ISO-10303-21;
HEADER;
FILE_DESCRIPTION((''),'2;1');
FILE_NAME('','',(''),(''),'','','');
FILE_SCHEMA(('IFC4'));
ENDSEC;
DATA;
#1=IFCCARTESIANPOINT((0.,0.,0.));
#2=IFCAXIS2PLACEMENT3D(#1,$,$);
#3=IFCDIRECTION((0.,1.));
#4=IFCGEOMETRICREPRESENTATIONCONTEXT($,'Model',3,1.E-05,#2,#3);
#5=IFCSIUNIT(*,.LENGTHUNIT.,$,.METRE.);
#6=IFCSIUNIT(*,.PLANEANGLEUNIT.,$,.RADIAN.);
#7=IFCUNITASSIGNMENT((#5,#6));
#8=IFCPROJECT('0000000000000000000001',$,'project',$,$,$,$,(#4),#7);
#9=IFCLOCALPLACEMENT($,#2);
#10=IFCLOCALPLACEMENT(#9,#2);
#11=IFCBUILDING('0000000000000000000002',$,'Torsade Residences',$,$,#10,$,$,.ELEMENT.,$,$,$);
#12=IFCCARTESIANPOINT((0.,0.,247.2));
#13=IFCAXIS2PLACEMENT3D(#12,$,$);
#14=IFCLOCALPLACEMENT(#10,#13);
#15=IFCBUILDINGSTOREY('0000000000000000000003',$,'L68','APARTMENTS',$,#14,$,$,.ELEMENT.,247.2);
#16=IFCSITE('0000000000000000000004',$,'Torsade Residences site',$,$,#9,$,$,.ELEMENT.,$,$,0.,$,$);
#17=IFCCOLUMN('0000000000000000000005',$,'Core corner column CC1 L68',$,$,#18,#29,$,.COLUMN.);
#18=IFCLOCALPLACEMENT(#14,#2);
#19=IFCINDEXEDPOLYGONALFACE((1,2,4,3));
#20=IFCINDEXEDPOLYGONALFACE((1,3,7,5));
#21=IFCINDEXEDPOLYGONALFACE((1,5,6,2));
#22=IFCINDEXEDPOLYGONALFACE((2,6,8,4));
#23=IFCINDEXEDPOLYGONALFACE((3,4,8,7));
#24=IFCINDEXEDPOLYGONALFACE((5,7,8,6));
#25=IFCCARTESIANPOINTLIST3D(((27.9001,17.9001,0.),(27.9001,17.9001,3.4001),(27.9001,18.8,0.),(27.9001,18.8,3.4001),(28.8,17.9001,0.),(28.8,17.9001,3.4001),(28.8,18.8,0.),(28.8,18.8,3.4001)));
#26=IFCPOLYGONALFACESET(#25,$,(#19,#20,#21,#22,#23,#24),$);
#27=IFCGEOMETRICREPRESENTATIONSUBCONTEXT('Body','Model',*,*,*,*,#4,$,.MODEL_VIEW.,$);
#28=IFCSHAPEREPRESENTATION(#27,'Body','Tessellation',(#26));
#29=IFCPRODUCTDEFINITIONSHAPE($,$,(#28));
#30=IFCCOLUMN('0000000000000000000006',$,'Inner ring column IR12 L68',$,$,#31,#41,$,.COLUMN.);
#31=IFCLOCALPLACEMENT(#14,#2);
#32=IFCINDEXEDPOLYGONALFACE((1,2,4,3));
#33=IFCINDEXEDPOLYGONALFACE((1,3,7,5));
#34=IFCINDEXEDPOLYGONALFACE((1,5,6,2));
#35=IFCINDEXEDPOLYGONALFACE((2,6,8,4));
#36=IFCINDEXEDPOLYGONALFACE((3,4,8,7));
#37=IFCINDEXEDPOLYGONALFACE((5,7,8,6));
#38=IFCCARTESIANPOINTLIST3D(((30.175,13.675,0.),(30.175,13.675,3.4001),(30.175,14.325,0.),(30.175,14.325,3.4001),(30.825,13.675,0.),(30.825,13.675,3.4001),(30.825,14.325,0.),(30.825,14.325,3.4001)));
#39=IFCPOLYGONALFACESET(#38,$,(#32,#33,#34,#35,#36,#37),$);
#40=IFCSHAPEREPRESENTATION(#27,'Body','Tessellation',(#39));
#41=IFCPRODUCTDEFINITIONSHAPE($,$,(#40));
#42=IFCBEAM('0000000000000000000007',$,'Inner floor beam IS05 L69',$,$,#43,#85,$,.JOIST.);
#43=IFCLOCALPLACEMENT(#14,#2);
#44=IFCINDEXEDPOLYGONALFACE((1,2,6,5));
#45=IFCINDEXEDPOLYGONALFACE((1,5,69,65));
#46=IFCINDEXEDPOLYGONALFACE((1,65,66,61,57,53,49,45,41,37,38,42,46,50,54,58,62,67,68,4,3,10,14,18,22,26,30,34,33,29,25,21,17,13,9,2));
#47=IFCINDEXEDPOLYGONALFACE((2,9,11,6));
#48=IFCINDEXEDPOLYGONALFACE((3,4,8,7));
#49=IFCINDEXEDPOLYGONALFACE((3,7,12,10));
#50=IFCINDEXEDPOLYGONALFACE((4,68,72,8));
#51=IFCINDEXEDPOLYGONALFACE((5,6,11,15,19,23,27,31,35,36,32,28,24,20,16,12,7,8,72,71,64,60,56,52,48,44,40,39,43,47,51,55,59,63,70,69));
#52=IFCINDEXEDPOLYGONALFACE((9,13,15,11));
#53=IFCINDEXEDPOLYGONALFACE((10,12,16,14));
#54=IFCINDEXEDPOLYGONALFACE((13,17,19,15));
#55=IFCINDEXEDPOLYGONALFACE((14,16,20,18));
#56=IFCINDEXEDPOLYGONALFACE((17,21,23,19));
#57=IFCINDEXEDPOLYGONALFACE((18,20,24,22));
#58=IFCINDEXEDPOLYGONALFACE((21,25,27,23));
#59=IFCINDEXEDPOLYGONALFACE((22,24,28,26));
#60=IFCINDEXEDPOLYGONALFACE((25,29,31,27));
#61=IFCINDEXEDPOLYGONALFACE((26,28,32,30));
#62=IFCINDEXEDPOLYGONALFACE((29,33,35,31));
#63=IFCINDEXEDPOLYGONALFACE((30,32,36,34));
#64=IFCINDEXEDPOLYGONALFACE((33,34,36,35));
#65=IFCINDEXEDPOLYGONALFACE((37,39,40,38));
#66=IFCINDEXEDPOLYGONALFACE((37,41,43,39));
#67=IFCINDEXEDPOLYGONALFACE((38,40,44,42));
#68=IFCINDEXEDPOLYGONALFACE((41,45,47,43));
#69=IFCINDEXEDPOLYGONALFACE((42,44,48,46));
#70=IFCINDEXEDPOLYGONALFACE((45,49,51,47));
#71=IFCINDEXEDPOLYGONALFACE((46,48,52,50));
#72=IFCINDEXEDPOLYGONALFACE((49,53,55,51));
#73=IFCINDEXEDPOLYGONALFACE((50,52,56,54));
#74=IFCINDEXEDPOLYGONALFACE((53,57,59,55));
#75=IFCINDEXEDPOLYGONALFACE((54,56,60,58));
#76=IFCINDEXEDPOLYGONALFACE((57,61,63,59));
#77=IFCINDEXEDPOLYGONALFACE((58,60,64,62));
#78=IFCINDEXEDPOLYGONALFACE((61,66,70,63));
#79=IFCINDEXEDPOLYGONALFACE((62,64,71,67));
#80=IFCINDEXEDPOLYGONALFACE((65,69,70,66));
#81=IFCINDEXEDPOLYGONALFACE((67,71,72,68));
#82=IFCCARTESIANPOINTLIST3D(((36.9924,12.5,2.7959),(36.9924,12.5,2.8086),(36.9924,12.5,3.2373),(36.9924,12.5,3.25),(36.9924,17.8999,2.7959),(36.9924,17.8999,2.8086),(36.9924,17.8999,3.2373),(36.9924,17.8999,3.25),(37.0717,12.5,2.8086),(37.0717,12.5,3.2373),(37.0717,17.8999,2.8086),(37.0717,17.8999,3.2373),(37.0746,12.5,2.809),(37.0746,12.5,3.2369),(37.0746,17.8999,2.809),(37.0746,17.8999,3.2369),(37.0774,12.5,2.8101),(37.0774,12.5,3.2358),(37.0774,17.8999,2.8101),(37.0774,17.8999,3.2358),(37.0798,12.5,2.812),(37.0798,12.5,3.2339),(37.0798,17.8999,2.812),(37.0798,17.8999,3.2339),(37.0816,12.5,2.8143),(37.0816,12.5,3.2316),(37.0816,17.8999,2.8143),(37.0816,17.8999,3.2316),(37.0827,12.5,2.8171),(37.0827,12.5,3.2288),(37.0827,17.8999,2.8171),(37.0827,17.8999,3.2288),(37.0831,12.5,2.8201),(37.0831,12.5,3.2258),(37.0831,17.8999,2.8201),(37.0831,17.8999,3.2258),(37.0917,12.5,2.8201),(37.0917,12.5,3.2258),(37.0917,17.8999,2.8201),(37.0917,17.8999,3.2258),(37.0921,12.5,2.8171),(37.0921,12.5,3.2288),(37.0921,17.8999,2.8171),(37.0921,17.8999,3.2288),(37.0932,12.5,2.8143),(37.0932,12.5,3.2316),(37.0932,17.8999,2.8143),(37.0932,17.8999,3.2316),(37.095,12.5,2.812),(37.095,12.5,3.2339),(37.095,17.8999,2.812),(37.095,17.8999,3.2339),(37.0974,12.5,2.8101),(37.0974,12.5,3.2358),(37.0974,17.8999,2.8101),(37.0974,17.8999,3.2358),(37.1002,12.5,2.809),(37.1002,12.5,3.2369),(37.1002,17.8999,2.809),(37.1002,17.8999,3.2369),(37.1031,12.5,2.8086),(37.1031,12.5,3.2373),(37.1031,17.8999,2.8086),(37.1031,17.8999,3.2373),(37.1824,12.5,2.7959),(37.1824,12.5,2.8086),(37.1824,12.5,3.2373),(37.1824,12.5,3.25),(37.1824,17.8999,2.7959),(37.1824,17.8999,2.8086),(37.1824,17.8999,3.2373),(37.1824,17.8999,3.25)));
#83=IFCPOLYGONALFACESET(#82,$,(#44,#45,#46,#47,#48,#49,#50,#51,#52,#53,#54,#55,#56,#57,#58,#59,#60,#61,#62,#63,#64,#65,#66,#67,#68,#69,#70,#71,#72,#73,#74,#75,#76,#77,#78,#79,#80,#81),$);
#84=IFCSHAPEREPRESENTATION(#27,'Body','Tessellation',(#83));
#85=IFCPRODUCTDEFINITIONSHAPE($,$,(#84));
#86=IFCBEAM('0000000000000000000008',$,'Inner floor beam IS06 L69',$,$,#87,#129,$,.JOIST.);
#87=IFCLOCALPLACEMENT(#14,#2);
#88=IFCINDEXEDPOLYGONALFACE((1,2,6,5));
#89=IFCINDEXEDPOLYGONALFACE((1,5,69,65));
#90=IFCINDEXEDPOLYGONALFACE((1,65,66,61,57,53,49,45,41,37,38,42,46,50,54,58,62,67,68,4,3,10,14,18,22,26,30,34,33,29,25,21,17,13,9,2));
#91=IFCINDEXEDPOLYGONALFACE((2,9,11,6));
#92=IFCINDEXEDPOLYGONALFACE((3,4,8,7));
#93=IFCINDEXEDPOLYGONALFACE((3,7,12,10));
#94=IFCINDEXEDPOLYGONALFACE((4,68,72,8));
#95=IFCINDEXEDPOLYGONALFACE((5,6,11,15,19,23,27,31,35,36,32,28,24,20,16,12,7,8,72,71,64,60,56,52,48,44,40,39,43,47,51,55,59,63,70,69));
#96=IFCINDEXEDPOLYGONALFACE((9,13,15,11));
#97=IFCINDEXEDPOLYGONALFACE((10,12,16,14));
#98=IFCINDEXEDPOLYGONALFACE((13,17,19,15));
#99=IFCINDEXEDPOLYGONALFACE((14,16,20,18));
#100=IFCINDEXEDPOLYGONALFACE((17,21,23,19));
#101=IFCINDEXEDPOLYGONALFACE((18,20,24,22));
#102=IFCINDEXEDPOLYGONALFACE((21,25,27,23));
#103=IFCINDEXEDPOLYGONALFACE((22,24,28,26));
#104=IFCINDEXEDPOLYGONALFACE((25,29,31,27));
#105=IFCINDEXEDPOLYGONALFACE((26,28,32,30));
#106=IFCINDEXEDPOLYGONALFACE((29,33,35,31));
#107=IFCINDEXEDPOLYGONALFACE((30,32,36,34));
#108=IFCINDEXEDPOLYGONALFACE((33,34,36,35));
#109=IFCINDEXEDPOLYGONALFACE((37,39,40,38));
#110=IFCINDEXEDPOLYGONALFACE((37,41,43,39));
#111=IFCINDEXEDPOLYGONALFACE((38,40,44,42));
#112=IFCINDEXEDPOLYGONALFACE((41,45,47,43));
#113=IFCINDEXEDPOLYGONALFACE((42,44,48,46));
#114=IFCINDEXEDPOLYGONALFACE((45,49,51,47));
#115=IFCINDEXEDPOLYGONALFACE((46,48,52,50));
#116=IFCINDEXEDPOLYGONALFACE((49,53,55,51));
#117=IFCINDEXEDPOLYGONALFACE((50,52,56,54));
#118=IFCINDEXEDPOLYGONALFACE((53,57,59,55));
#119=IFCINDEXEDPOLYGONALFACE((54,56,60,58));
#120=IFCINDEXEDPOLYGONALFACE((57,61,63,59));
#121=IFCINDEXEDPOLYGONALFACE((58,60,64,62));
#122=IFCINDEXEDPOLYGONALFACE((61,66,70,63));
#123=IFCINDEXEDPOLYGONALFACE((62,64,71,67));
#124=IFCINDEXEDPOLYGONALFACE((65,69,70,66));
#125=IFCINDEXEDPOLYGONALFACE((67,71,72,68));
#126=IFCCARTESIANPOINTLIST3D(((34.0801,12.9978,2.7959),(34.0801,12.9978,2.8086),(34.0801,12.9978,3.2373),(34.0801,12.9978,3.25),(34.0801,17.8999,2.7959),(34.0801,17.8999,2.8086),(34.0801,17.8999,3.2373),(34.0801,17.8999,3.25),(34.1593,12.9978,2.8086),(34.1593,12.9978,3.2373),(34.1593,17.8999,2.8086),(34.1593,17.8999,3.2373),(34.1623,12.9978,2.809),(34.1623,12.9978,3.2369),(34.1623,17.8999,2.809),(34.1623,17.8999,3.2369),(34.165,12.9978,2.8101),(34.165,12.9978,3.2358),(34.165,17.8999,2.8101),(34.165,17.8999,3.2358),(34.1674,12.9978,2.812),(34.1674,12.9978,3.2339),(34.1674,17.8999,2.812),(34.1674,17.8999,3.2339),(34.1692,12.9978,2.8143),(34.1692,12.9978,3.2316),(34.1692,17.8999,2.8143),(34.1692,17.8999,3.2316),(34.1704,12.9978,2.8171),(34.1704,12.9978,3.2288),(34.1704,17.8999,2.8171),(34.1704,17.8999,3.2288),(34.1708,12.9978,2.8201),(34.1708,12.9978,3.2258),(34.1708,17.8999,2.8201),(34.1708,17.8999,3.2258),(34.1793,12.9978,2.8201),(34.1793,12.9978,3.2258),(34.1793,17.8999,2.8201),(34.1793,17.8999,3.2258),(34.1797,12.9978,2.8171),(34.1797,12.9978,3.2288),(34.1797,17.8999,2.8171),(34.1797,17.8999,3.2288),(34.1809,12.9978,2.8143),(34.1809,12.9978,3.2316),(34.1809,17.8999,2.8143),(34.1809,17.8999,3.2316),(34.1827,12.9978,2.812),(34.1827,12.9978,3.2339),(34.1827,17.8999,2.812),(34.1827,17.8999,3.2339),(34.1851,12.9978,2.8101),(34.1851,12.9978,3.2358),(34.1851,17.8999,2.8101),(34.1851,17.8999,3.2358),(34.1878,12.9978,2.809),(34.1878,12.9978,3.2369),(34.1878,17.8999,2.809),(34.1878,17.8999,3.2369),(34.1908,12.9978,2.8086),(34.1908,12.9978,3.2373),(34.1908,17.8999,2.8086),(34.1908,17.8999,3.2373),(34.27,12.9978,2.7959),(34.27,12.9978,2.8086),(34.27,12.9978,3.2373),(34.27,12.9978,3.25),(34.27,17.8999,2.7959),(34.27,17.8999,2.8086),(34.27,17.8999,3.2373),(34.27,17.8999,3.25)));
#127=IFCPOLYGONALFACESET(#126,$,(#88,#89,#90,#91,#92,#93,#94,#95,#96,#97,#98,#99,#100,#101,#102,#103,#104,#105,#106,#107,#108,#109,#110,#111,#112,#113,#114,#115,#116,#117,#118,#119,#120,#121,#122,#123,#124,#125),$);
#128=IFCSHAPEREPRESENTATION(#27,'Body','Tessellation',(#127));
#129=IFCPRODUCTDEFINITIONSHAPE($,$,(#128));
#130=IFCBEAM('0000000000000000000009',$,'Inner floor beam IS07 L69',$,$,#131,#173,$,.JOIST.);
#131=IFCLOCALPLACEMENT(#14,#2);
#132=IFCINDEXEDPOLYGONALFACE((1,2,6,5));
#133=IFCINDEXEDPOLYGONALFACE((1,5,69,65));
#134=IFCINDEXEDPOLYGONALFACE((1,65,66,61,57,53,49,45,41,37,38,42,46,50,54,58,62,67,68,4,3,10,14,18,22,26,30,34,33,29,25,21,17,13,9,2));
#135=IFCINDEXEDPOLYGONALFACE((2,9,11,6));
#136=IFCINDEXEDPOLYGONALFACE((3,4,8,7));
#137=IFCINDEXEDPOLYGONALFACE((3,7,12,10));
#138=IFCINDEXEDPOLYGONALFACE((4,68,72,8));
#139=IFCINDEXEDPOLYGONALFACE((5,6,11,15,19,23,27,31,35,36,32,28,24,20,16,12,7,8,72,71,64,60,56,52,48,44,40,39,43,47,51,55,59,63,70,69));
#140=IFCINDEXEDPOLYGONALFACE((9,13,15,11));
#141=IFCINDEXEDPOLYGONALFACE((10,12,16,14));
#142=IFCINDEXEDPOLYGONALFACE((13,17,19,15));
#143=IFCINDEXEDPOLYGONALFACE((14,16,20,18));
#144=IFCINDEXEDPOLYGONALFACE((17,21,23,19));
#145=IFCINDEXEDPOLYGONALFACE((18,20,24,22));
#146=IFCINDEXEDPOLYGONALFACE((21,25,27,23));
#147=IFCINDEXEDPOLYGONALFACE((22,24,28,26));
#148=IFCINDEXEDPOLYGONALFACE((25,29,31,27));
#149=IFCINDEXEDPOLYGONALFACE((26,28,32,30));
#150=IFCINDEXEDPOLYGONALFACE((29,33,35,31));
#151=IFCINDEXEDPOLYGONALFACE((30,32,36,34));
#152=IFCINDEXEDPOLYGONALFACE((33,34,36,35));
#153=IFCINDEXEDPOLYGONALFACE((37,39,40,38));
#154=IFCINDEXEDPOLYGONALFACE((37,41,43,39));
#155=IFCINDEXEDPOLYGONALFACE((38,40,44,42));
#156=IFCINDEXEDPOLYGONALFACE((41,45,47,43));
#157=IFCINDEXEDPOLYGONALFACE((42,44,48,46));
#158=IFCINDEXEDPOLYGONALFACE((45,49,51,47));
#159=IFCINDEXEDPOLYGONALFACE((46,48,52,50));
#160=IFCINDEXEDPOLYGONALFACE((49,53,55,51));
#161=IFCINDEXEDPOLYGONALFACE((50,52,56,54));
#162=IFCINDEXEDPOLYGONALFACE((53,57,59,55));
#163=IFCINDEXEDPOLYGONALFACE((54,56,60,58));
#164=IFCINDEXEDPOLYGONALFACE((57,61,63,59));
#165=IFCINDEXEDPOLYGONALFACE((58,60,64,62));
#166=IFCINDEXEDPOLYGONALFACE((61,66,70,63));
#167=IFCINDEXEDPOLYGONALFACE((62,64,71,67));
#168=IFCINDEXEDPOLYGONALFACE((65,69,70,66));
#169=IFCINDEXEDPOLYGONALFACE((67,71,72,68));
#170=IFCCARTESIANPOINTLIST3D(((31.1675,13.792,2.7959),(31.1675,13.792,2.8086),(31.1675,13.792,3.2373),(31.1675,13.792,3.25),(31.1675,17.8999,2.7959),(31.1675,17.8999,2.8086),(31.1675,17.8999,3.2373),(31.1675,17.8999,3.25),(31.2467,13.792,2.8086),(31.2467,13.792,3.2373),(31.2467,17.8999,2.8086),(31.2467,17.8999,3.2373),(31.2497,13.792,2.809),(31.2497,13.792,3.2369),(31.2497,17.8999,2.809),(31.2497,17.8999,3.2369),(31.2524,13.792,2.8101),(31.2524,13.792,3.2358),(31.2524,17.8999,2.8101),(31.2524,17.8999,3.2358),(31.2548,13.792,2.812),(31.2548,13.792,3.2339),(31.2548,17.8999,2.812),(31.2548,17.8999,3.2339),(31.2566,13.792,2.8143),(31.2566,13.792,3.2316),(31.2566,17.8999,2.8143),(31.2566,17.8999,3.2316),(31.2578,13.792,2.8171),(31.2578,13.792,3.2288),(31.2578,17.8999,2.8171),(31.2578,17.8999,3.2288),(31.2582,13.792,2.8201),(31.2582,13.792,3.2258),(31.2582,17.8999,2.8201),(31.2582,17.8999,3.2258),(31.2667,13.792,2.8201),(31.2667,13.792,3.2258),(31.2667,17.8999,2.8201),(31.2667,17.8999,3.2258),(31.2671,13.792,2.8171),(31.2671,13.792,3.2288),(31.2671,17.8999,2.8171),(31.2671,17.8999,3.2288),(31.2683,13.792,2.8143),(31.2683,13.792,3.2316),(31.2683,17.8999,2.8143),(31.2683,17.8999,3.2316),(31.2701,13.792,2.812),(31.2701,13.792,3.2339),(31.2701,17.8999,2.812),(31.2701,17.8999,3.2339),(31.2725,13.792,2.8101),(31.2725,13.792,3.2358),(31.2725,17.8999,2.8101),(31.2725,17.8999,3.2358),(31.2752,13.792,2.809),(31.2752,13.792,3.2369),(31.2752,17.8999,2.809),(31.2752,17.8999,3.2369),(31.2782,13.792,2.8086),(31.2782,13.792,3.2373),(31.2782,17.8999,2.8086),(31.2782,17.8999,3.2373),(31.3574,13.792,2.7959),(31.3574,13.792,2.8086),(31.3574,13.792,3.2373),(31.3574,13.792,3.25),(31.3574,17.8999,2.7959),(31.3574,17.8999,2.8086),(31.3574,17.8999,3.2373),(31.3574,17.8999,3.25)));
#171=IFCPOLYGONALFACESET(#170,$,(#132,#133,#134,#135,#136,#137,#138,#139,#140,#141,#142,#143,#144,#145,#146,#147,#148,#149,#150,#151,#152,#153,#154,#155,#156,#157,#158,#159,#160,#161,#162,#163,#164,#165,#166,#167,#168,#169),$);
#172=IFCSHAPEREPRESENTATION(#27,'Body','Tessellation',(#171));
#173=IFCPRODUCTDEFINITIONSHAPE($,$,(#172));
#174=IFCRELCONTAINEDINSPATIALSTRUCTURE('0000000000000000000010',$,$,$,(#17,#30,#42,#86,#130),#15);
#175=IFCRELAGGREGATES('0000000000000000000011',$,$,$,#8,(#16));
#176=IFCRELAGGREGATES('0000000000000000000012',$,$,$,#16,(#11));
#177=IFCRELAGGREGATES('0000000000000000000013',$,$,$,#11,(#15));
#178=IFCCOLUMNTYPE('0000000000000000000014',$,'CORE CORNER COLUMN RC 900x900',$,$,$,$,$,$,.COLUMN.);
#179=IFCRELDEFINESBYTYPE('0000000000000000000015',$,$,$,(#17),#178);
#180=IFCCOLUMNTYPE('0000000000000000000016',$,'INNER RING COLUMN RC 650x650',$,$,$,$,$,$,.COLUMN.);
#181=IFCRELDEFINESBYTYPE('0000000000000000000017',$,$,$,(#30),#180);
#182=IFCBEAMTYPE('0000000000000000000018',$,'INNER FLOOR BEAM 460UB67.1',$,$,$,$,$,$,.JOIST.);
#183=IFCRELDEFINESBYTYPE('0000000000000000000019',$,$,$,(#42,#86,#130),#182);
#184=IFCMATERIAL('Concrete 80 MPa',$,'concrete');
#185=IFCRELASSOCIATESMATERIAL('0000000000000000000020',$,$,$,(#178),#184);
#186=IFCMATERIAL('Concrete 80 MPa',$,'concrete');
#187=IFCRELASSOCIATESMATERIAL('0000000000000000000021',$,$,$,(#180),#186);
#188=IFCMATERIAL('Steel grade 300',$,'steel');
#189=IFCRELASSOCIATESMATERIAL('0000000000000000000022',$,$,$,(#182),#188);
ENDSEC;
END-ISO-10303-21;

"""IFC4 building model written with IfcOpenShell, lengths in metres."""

from ifc_helpers import new_model, si_unit, direction, frame, origin, origin_2d, place, context, subcontext, project, spatial, rectangle, i_section, extrude, material, material_profile, profile_set, type_object, element, save


model = new_model("IFC4")

# Units and contexts
model_context = context("Model", 3, precision=1e-05, world=origin(), true_north=direction((0.0, 1.0)))
body_context = subcontext(model_context, "Body", "Model", "MODEL_VIEW")
ifc_project = project(units=[si_unit("LENGTHUNIT", "METRE"), si_unit("PLANEANGLEUNIT", "RADIAN")], contexts=[model_context])

# Site, building, storey
site_placement = place(None, origin())
site = spatial("IfcSite", under=ifc_project, at=site_placement, Name="Torsade Residences site", CompositionType="ELEMENT", RefElevation=0.0)
building_placement = place(site_placement, origin())
building = spatial("IfcBuilding", under=site, at=building_placement, Name="Torsade Residences", CompositionType="ELEMENT")
storey_placement = place(building_placement, frame((0.0, 0.0, 247.2)))
storey = spatial("IfcBuildingStorey", under=building, at=storey_placement, Name="L68", Description="APARTMENTS", CompositionType="ELEMENT", Elevation=247.2)

# Columns
ifc_material_1 = material(Name="Concrete 80 MPa", Category="concrete")
ifc_material_profile_1 = material_profile(ifc_material_1, rectangle(XDim=0.8999, YDim=0.8999, at=origin_2d()), Name="RC 900x900")
ifc_profile_set_1 = profile_set([ifc_material_profile_1], Name="Concrete 80 MPa")
column_type_1 = type_object("IfcColumnType", Name="CORE CORNER COLUMN RC 900x900", PredefinedType="COLUMN", material=ifc_profile_set_1)
column_1_placement = place(storey_placement, frame((28.3501, 18.3501, 0.0), z_axis=(0.0, 0.0, 1.0), x_axis=(1.0, 0.0, 0.0)))
element("IfcColumn", 1, at=column_1_placement, inside=storey, type_object=column_type_1, Name="Core corner column CC1 L68", PredefinedType="COLUMN", context=body_context, shape_type="SweptSolid", body=[
    extrude(rectangle(XDim=0.8999, YDim=0.8999, at=origin_2d()), origin(), (0.0, 0.0, 1.0), 3.4001),
])
ifc_material_2 = material(Name="Concrete 80 MPa", Category="concrete")
ifc_material_profile_2 = material_profile(ifc_material_2, rectangle(XDim=0.6499, YDim=0.6499, at=origin_2d()), Name="RC 650x650")
ifc_profile_set_2 = profile_set([ifc_material_profile_2], Name="Concrete 80 MPa")
column_type_2 = type_object("IfcColumnType", Name="INNER RING COLUMN RC 650x650", PredefinedType="COLUMN", material=ifc_profile_set_2)
column_2_placement = place(storey_placement, frame((30.5, 14.0, 0.0), z_axis=(0.0, 0.0, 1.0), x_axis=(1.0, 0.0, 0.0)))
element("IfcColumn", 2, at=column_2_placement, inside=storey, type_object=column_type_2, Name="Inner ring column IR12 L68", PredefinedType="COLUMN", context=body_context, shape_type="SweptSolid", body=[
    extrude(rectangle(XDim=0.6499, YDim=0.6499, at=origin_2d()), origin(), (0.0, 0.0, 1.0), 3.4001),
])

# Beams
ifc_material_3 = material(Name="Steel grade 300", Category="steel")
ifc_material_profile_3 = material_profile(ifc_material_3, i_section(OverallWidth=0.1899, OverallDepth=0.4541, WebThickness=0.0085, FlangeThickness=0.0127, FilletRadius=0.0115, at=origin_2d()), Name="460UB67.1")
ifc_profile_set_3 = profile_set([ifc_material_profile_3], Name="Steel grade 300")
beam_type_1 = type_object("IfcBeamType", Name="INNER FLOOR BEAM 460UB67.1", PredefinedType="JOIST", material=ifc_profile_set_3)
beam_1_placement = place(storey_placement, frame((37.0874, 17.8999, 3.0229), z_axis=(0.0, -1.0, 0.0), x_axis=(1.0, 0.0, 0.0)))
element("IfcBeam", 3, at=beam_1_placement, inside=storey, type_object=beam_type_1, Name="Inner floor beam IS05 L69", PredefinedType="JOIST", context=body_context, shape_type="SweptSolid", body=[
    extrude(i_section(OverallWidth=0.1899, OverallDepth=0.4541, WebThickness=0.0085, FlangeThickness=0.0127, FilletRadius=0.0115, at=origin_2d()), origin(), (0.0, 0.0, 1.0), 5.3999),
])
beam_2_placement = place(storey_placement, frame((34.175, 17.8999, 3.0229), z_axis=(0.0, -1.0, 0.0), x_axis=(1.0, 0.0, 0.0)))
element("IfcBeam", 4, at=beam_2_placement, inside=storey, type_object=beam_type_1, Name="Inner floor beam IS06 L69", PredefinedType="JOIST", context=body_context, shape_type="SweptSolid", body=[
    extrude(i_section(OverallWidth=0.1899, OverallDepth=0.4541, WebThickness=0.0085, FlangeThickness=0.0127, FilletRadius=0.0115, at=origin_2d()), origin(), (0.0, 0.0, 1.0), 4.9021),
])
beam_3_placement = place(storey_placement, frame((31.2625, 17.8999, 3.0229), z_axis=(0.0, -1.0, 0.0), x_axis=(1.0, 0.0, 0.0)))
element("IfcBeam", 5, at=beam_3_placement, inside=storey, type_object=beam_type_1, Name="Inner floor beam IS07 L69", PredefinedType="JOIST", context=body_context, shape_type="SweptSolid", body=[
    extrude(i_section(OverallWidth=0.1899, OverallDepth=0.4541, WebThickness=0.0085, FlangeThickness=0.0127, FilletRadius=0.0115, at=origin_2d()), origin(), (0.0, 0.0, 1.0), 4.1079),
])

save(model, "model.ifc")
